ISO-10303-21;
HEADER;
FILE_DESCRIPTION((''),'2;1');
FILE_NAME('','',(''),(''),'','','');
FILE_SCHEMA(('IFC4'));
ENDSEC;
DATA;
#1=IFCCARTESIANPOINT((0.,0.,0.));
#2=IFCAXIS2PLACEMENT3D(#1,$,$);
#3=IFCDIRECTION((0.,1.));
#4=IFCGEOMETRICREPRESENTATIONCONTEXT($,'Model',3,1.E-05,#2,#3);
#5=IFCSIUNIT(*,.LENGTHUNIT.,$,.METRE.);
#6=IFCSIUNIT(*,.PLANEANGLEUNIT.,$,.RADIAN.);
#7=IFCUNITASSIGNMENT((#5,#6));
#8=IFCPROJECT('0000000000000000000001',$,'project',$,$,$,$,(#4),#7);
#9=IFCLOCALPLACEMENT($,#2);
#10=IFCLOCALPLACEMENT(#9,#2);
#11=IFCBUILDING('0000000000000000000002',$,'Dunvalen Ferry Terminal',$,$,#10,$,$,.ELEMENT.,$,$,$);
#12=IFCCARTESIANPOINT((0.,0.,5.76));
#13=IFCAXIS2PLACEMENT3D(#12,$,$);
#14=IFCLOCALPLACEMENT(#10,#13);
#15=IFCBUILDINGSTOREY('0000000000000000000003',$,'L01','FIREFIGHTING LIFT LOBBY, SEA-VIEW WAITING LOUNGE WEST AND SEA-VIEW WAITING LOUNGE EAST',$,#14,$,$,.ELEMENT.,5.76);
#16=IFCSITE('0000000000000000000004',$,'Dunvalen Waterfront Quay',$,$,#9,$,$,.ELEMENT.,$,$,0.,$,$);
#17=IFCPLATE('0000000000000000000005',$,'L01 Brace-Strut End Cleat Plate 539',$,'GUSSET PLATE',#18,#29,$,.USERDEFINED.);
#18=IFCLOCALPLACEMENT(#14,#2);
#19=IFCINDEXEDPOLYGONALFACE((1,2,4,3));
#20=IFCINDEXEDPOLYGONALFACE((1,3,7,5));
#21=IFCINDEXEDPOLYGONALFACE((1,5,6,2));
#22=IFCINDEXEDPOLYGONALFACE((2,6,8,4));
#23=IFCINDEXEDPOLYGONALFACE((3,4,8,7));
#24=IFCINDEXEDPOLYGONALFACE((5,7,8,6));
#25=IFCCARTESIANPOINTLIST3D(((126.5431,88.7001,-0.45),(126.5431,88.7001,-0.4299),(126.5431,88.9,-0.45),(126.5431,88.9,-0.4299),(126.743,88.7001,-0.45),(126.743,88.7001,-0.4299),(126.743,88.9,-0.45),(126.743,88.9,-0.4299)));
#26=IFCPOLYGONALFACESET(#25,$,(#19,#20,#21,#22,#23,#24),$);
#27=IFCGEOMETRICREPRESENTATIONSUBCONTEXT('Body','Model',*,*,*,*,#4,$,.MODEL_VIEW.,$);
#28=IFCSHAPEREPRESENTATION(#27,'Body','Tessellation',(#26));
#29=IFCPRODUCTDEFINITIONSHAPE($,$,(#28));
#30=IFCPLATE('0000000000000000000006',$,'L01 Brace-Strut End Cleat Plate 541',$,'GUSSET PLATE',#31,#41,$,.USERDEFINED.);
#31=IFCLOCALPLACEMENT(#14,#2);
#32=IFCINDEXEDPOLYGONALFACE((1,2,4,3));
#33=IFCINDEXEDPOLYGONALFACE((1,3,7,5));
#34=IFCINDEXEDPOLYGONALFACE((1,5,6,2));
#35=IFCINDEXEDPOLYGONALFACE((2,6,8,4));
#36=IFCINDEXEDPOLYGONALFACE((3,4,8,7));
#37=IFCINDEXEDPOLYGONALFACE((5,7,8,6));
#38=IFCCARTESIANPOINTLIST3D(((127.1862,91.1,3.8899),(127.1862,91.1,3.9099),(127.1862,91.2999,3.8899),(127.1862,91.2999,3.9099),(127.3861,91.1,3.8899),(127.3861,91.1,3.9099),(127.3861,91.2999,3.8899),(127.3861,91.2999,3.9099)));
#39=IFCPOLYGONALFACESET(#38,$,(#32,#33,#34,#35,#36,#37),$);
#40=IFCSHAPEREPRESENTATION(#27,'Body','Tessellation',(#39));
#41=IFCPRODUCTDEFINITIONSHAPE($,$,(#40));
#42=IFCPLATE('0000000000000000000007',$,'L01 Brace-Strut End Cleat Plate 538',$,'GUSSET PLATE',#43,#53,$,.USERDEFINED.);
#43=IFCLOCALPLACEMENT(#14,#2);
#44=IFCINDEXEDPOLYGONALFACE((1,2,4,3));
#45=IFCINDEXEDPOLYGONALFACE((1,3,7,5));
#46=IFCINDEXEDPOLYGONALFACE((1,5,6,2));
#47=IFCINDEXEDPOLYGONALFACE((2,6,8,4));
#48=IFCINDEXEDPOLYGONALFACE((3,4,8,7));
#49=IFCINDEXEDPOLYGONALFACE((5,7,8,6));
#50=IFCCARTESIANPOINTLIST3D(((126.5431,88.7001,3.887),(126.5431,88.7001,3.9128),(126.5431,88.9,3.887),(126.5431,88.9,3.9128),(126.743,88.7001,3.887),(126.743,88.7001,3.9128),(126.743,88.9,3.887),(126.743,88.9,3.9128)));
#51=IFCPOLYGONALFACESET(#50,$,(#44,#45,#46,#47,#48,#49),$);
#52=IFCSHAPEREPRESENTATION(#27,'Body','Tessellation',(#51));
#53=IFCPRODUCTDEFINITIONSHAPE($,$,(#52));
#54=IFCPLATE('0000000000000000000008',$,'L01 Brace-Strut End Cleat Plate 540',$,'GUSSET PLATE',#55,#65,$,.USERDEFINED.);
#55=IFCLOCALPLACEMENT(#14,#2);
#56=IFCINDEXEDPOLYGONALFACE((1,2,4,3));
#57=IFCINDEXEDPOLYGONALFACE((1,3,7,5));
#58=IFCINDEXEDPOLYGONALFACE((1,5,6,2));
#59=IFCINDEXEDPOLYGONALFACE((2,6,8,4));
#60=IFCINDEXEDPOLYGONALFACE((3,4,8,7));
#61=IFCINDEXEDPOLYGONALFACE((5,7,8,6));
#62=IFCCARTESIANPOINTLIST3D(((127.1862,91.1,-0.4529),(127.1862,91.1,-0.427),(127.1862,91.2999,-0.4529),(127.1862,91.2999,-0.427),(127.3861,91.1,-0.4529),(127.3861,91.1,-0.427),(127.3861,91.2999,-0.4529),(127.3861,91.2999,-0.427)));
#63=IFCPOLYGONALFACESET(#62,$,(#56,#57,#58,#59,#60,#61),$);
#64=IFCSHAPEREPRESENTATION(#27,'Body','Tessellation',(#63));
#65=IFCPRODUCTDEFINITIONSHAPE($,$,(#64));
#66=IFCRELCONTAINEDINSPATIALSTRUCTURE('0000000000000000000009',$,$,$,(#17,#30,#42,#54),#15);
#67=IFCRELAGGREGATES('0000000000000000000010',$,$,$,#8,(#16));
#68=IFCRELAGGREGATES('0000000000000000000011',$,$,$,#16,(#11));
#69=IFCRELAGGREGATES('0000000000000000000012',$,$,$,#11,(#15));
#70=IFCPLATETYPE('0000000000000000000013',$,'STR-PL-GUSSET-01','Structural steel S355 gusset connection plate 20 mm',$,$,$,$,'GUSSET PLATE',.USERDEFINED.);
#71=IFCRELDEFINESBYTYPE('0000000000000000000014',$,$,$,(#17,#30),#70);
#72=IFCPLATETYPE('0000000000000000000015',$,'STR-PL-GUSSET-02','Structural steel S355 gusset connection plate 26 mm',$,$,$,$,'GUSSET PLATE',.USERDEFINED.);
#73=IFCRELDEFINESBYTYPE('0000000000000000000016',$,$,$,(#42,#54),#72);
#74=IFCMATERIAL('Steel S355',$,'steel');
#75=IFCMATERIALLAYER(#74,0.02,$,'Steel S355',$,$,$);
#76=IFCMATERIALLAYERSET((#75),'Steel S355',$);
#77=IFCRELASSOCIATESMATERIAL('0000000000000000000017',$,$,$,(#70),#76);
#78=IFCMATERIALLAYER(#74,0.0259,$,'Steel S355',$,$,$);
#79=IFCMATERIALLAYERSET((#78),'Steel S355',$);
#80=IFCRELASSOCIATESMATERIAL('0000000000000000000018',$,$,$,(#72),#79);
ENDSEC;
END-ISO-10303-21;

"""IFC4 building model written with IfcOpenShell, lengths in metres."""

from ifc_helpers import new_model, si_unit, direction, frame, origin, origin_2d, place, context, subcontext, project, spatial, rectangle, extrude, material, layer, layer_set, type_object, element, save


model = new_model("IFC4")

# Units and contexts
model_context = context("Model", 3, precision=1e-05, world=origin(), true_north=direction((0.0, 1.0)))
body_context = subcontext(model_context, "Body", "Model", "MODEL_VIEW")
ifc_project = project(units=[si_unit("LENGTHUNIT", "METRE"), si_unit("PLANEANGLEUNIT", "RADIAN")], contexts=[model_context])

# Site, building, storey
site_placement = place(None, origin())
site = spatial("IfcSite", under=ifc_project, at=site_placement, Name="Dunvalen Waterfront Quay", CompositionType="ELEMENT", RefElevation=0.0)
building_placement = place(site_placement, origin())
building = spatial("IfcBuilding", under=site, at=building_placement, Name="Dunvalen Ferry Terminal", CompositionType="ELEMENT")
storey_placement = place(building_placement, frame((0.0, 0.0, 5.76)))
storey = spatial("IfcBuildingStorey", under=building, at=storey_placement, Name="L01", Description="FIREFIGHTING LIFT LOBBY, SEA-VIEW WAITING LOUNGE WEST AND SEA-VIEW WAITING LOUNGE EAST", CompositionType="ELEMENT", Elevation=5.76)

# Shared definitions
ifc_material_1 = material(Name="Steel S355", Category="steel")

# Plates
ifc_layer_1 = layer(ifc_material_1, 0.02, Name="Steel S355")
ifc_layer_set_1 = layer_set([ifc_layer_1], Name="Steel S355")
plate_type_1 = type_object("IfcPlateType", Name="STR-PL-GUSSET-01", Description="Structural steel S355 gusset connection plate 20 mm", ElementType="GUSSET PLATE", PredefinedType="USERDEFINED", material=ifc_layer_set_1)
for number, where, z_axis, x_axis, name in (
    (1, (126.6431, 88.8, -0.45), (0.0, 0.0, 1.0), (1.0, 0.0, 0.0), "L01 Brace-Strut End Cleat Plate 539"),
    (2, (127.2861, 91.2, 3.8899), (0.0, 0.0, 1.0), (1.0, 0.0, 0.0), "L01 Brace-Strut End Cleat Plate 541"),
):
    element("IfcPlate", number, at=place(storey_placement, frame(where, z_axis=z_axis, x_axis=x_axis)), inside=storey, type_object=plate_type_1, Name=name, ObjectType="GUSSET PLATE", PredefinedType="USERDEFINED", context=body_context, shape_type="SweptSolid", body=[
        extrude(rectangle(XDim=0.2, YDim=0.2, at=origin_2d()), origin(), (0.0, 0.0, 1.0), 0.02),
    ])
ifc_layer_2 = layer(ifc_material_1, 0.0259, Name="Steel S355")
ifc_layer_set_2 = layer_set([ifc_layer_2], Name="Steel S355")
plate_type_2 = type_object("IfcPlateType", Name="STR-PL-GUSSET-02", Description="Structural steel S355 gusset connection plate 26 mm", ElementType="GUSSET PLATE", PredefinedType="USERDEFINED", material=ifc_layer_set_2)
for number, where, z_axis, x_axis, name in (
    (3, (126.6431, 88.8, 3.887), (0.0, 0.0, 1.0), (1.0, 0.0, 0.0), "L01 Brace-Strut End Cleat Plate 538"),
    (4, (127.2861, 91.2, -0.4529), (0.0, 0.0, 1.0), (1.0, 0.0, 0.0), "L01 Brace-Strut End Cleat Plate 540"),
):
    element("IfcPlate", number, at=place(storey_placement, frame(where, z_axis=z_axis, x_axis=x_axis)), inside=storey, type_object=plate_type_2, Name=name, ObjectType="GUSSET PLATE", PredefinedType="USERDEFINED", context=body_context, shape_type="SweptSolid", body=[
        extrude(rectangle(XDim=0.2, YDim=0.2, at=origin_2d()), origin(), (0.0, 0.0, 1.0), 0.0259),
    ])

save(model, "model.ifc")
